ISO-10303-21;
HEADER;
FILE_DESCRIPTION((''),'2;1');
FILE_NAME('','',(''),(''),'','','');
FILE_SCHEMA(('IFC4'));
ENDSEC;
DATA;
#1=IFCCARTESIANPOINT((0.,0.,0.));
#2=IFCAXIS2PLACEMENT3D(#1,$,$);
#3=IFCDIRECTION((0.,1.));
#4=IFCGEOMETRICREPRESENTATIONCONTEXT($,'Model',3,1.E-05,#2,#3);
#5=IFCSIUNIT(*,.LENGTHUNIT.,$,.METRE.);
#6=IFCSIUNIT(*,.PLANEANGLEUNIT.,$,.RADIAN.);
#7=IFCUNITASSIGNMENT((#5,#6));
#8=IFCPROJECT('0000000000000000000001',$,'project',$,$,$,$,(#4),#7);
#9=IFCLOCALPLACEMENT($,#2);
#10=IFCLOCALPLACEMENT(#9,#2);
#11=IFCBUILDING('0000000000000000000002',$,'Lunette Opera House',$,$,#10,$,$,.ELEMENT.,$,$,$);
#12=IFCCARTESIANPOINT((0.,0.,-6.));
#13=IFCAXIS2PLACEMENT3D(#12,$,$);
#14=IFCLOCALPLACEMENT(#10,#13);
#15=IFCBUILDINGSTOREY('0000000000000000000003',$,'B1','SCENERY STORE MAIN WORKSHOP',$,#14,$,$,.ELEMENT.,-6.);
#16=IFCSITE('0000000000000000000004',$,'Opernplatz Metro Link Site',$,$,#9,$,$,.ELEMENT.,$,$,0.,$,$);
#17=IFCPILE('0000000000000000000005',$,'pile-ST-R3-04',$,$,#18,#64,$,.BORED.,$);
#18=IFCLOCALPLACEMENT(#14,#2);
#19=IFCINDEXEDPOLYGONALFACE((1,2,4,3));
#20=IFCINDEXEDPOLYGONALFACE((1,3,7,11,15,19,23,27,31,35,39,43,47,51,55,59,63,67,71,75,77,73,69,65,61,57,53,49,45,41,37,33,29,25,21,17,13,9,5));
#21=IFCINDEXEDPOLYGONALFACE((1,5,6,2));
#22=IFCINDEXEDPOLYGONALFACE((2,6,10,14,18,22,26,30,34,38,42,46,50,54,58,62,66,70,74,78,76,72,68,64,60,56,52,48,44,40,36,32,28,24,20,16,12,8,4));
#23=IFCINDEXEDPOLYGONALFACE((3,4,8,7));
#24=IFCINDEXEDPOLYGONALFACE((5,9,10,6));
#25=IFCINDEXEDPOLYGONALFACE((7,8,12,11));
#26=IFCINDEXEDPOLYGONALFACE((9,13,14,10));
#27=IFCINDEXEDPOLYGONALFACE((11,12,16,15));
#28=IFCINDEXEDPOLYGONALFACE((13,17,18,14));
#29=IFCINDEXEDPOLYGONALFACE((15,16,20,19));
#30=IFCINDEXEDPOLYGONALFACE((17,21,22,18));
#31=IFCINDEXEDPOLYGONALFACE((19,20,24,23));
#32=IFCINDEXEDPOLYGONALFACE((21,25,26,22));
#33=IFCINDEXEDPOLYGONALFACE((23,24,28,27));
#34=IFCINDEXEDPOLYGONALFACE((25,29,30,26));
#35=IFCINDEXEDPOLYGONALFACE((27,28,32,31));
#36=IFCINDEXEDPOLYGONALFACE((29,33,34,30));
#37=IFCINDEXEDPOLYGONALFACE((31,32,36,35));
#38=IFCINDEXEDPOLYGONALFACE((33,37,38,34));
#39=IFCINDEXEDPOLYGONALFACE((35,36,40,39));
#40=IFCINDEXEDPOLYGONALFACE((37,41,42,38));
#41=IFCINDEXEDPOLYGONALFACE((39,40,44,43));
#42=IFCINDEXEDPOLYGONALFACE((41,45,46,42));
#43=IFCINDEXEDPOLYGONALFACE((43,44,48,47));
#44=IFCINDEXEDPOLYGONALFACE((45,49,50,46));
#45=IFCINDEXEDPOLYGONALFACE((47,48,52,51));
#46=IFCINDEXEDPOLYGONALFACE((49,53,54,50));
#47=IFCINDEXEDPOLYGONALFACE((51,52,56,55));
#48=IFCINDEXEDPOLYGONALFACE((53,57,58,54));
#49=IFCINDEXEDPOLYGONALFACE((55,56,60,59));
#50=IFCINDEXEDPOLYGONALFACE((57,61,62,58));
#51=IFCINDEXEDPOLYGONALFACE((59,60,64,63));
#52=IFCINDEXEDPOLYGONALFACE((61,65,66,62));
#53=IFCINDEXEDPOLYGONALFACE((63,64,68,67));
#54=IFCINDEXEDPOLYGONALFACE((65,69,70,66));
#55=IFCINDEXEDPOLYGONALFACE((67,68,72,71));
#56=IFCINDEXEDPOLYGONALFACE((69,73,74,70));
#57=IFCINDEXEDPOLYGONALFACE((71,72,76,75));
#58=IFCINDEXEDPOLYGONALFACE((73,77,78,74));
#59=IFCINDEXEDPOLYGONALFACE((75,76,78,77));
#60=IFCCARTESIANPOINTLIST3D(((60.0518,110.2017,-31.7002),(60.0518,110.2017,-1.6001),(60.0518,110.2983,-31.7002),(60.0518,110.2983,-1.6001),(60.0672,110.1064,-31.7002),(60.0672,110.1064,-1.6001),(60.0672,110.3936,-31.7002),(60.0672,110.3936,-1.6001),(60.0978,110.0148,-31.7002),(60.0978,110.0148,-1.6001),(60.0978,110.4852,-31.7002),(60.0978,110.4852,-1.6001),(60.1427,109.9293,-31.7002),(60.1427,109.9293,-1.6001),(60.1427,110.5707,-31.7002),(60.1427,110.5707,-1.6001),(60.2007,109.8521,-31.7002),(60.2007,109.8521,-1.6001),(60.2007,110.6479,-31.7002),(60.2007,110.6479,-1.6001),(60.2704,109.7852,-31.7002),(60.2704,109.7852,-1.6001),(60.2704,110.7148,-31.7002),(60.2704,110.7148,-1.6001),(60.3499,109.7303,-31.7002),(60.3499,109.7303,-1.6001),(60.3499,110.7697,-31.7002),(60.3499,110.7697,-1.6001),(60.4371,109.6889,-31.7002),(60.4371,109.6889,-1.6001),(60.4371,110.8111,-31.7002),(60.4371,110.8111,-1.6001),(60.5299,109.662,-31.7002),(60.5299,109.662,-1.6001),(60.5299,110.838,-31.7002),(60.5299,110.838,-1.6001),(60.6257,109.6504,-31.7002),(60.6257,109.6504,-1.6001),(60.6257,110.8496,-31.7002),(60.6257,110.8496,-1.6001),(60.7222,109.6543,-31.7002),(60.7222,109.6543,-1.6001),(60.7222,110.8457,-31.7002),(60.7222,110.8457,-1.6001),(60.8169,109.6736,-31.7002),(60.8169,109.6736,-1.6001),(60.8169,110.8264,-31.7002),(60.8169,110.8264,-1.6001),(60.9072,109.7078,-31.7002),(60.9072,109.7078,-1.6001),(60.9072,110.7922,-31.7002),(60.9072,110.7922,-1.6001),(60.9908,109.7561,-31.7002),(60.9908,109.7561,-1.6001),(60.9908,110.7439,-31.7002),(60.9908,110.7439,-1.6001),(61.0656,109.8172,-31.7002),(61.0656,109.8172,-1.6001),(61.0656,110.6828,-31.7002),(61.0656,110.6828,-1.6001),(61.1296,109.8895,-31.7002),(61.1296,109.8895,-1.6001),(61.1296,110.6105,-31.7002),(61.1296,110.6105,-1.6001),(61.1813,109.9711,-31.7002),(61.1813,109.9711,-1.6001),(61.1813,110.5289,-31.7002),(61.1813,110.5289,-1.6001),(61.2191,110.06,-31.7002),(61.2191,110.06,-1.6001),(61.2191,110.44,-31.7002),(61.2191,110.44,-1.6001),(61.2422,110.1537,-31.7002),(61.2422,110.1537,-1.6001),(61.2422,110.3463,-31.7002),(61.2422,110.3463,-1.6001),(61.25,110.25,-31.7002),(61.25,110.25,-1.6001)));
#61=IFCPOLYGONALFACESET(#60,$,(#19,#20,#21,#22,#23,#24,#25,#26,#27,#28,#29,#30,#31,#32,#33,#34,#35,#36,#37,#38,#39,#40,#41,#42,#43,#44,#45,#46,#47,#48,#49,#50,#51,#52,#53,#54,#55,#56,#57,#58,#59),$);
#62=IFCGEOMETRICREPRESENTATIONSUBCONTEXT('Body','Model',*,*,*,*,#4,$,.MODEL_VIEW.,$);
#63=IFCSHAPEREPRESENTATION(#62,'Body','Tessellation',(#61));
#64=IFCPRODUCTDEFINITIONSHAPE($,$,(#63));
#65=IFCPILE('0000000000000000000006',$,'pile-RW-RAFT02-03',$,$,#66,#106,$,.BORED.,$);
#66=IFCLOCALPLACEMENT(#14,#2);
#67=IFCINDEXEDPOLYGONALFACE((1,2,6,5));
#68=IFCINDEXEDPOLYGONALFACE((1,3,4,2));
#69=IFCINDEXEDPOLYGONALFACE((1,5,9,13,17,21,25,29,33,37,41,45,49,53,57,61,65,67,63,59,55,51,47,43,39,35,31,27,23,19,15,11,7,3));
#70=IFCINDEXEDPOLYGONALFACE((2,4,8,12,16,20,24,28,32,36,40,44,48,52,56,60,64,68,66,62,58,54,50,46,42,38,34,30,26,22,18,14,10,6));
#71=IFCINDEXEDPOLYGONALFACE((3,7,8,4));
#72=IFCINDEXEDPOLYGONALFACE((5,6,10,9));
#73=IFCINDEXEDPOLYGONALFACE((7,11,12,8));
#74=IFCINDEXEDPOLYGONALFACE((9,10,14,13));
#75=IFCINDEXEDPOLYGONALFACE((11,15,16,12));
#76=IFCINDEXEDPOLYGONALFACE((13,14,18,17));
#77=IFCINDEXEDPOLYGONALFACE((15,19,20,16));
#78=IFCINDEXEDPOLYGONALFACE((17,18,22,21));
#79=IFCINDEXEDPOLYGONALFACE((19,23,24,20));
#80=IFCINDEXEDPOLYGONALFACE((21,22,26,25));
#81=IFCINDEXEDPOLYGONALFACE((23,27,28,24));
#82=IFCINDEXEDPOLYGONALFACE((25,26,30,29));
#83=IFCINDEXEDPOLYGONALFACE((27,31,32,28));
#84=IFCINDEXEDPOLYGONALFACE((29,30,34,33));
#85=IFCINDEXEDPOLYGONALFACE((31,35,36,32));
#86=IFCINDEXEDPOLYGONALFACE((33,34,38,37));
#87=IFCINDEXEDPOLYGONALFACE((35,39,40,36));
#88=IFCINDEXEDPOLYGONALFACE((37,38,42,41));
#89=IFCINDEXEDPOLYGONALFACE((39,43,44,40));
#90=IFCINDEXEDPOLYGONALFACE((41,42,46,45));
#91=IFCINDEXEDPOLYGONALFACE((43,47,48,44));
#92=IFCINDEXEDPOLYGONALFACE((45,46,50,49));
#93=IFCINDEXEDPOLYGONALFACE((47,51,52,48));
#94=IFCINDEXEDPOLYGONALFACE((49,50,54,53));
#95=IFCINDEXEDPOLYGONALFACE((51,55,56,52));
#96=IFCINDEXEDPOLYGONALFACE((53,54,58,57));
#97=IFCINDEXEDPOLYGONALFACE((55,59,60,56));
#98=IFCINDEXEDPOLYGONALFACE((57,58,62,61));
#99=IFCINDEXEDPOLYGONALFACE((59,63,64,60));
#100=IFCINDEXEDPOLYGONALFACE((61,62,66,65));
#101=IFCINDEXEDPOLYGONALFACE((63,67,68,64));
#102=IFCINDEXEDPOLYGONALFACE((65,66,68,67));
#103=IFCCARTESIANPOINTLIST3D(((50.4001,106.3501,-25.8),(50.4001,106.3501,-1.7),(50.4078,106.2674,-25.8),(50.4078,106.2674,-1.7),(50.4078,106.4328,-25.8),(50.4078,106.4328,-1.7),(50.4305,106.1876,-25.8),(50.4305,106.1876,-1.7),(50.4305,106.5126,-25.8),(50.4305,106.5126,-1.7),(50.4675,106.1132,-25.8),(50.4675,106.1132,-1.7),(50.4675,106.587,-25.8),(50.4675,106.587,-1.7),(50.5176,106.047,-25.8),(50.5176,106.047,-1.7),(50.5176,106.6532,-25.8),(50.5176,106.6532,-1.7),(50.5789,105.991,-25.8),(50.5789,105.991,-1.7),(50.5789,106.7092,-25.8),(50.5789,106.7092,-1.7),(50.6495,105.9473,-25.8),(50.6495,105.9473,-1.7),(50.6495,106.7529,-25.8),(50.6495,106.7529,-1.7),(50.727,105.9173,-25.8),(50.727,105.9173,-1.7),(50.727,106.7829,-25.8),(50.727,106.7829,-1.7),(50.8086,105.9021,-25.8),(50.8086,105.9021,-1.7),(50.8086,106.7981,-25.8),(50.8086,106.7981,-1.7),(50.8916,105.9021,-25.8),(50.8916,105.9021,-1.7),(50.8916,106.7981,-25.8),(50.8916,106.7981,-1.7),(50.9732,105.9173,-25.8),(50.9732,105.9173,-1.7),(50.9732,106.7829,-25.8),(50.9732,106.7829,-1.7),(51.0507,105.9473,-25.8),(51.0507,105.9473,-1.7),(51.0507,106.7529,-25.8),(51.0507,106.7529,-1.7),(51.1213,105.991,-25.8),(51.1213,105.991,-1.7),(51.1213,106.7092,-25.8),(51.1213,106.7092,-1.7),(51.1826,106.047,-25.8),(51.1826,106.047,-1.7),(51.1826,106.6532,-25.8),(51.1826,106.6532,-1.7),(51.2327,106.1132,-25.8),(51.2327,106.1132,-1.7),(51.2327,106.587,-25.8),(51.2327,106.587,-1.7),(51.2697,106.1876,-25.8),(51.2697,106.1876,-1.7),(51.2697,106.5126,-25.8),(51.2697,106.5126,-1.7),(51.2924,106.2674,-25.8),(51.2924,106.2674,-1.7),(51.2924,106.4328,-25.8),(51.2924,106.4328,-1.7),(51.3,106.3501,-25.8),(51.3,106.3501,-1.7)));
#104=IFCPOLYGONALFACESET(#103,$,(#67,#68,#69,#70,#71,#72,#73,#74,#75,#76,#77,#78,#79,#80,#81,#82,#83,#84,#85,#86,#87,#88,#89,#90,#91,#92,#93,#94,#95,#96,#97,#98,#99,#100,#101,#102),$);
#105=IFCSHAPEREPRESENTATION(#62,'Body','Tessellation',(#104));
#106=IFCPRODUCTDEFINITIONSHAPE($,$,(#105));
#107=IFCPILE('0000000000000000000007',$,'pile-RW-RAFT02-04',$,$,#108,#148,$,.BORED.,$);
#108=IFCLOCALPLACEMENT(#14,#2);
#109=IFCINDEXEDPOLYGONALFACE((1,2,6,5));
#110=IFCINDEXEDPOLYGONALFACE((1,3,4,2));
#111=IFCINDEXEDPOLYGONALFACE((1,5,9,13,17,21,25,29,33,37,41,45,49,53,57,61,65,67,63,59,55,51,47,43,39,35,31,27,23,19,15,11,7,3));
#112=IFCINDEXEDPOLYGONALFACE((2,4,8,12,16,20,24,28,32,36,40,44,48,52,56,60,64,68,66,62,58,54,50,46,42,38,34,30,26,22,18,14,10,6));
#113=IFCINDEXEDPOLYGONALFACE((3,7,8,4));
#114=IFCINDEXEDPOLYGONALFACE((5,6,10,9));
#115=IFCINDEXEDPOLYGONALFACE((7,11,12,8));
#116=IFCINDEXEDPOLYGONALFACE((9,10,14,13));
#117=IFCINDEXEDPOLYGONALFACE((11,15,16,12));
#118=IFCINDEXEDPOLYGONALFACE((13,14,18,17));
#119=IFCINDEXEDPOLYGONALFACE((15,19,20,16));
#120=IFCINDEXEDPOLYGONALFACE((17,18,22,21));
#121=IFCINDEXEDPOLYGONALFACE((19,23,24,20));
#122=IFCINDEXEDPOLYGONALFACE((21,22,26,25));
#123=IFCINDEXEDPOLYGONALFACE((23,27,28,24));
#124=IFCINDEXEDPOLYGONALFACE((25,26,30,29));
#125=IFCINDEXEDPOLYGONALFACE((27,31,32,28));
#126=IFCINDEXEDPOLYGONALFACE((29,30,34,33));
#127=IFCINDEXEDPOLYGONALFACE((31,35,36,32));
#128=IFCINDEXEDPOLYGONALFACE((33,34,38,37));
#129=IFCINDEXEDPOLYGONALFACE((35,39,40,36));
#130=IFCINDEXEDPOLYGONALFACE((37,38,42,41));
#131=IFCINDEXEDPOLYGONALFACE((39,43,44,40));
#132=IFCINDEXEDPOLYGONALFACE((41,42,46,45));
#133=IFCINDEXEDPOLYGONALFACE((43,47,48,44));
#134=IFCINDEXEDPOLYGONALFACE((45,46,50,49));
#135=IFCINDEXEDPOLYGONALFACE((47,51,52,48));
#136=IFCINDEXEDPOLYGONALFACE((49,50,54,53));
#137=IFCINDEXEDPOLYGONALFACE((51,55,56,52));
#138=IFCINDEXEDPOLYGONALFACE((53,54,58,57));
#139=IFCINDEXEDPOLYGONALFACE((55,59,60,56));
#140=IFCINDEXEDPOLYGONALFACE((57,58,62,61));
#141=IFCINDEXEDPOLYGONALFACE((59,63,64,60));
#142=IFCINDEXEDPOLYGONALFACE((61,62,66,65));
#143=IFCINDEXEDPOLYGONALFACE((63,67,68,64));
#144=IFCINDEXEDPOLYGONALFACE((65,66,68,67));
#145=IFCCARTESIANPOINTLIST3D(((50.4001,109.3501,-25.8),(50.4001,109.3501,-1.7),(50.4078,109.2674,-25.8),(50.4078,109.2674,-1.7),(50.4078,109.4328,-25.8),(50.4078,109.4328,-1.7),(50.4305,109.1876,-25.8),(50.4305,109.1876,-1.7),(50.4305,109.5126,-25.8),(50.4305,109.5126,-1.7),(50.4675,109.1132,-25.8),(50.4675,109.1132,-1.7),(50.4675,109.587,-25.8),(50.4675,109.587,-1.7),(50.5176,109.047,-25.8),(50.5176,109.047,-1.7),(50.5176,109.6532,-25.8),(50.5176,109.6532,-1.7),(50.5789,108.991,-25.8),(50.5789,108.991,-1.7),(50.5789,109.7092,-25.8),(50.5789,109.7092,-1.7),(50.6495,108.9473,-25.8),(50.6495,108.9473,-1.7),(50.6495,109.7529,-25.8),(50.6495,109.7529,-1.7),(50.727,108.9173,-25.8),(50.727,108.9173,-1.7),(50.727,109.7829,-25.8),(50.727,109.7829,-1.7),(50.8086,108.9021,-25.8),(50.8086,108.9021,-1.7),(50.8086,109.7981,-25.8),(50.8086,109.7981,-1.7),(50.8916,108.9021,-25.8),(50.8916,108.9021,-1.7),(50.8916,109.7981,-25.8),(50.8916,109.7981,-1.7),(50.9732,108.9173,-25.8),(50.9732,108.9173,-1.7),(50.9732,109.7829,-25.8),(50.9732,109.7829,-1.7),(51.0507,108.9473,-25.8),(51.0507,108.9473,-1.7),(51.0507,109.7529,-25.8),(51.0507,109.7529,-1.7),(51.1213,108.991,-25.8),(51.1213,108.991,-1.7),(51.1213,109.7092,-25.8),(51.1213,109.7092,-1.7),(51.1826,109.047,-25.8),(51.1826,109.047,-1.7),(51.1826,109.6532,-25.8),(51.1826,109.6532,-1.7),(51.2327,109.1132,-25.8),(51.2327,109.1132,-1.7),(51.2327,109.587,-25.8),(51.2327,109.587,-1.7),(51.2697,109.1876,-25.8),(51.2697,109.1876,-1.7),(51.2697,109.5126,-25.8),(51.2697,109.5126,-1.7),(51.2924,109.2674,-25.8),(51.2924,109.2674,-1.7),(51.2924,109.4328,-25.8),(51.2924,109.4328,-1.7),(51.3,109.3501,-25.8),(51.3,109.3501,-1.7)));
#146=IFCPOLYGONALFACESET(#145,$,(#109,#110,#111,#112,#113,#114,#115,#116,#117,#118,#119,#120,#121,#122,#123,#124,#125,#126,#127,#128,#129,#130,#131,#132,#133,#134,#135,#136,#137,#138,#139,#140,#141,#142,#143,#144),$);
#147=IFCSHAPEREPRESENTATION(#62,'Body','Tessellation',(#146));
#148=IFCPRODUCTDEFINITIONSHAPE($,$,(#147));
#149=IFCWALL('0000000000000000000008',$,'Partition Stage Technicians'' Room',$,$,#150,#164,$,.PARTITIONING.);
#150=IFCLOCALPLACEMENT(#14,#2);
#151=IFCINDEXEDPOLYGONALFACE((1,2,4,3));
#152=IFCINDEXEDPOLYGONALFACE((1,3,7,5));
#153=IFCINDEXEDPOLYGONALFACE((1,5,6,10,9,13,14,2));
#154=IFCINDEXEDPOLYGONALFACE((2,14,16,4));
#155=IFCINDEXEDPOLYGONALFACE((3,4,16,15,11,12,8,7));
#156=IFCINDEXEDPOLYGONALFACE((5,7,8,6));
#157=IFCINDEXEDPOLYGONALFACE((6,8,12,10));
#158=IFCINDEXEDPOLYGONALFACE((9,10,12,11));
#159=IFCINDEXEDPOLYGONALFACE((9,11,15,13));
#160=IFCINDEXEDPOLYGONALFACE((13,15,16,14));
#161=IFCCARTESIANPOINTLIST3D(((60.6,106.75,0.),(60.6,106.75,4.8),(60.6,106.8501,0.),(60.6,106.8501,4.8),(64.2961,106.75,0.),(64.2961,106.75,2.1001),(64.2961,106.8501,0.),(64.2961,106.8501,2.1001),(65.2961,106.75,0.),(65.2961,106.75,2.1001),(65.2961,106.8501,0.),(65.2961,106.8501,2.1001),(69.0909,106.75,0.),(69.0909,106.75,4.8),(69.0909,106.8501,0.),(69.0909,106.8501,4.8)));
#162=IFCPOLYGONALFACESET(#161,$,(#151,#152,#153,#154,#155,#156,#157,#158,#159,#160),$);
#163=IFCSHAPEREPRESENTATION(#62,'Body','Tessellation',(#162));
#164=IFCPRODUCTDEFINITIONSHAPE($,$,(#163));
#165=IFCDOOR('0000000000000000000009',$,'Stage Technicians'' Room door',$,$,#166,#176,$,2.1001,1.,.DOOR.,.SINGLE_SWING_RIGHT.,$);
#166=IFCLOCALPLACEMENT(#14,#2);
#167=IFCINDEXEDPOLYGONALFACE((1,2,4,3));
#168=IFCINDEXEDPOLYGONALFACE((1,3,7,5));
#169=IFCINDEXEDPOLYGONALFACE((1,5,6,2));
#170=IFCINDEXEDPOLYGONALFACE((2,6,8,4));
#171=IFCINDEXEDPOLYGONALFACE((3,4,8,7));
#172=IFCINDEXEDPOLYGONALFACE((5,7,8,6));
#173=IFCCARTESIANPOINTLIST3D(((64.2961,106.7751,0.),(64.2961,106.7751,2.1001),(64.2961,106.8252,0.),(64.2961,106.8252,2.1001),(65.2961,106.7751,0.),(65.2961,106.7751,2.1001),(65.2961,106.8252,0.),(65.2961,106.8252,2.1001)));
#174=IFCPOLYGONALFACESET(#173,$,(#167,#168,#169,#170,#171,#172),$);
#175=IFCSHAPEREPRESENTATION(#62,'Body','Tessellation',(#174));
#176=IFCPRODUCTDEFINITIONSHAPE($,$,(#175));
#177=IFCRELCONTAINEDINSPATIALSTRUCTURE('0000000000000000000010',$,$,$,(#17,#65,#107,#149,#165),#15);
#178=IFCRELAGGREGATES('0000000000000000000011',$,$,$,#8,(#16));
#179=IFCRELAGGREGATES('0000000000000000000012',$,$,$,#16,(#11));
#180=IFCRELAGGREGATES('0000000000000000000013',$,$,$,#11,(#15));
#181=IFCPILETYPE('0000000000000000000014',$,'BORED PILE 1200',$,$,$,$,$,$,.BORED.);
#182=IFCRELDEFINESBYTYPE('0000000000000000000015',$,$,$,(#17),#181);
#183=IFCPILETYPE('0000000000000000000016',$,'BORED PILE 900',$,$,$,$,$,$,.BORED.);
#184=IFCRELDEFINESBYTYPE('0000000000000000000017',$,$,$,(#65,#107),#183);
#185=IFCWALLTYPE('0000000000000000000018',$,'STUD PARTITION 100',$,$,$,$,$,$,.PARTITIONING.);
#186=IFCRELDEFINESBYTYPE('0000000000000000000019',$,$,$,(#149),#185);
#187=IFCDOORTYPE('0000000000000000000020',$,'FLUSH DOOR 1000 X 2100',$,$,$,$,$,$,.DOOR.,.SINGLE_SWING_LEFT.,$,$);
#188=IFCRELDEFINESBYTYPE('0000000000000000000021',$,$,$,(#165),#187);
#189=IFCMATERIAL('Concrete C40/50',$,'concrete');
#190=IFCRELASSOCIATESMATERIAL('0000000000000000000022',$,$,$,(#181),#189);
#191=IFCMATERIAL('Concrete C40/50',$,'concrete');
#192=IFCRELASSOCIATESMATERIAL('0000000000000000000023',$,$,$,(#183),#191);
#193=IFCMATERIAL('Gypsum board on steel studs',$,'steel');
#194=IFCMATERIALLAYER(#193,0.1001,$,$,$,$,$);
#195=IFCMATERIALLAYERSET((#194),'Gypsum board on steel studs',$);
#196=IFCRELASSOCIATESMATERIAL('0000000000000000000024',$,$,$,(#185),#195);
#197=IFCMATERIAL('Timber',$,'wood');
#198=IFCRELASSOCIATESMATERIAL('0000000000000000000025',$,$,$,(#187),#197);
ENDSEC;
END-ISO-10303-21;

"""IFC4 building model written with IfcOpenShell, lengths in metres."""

from ifc_helpers import new_model, si_unit, direction, frame, frame_2d, origin, origin_2d, place, context, subcontext, project, spatial, rectangle, circle, extrude, material, layer, layer_set, material_profile, profile_set, type_object, element, fill, save


model = new_model("IFC4")

# Units and contexts
model_context = context("Model", 3, precision=1e-05, world=origin(), true_north=direction((0.0, 1.0)))
body_context = subcontext(model_context, "Body", "Model", "MODEL_VIEW")
ifc_project = project(units=[si_unit("LENGTHUNIT", "METRE"), si_unit("PLANEANGLEUNIT", "RADIAN")], contexts=[model_context])

# Site, building, storey
site_placement = place(None, origin())
site = spatial("IfcSite", under=ifc_project, at=site_placement, Name="Opernplatz Metro Link Site", CompositionType="ELEMENT", RefElevation=0.0)
building_placement = place(site_placement, origin())
building = spatial("IfcBuilding", under=site, at=building_placement, Name="Lunette Opera House", CompositionType="ELEMENT")
storey_placement = place(building_placement, frame((0.0, 0.0, -6.0)))
storey = spatial("IfcBuildingStorey", under=building, at=storey_placement, Name="B1", Description="SCENERY STORE MAIN WORKSHOP", CompositionType="ELEMENT", Elevation=-6.0)

# Piles
ifc_material_1 = material(Name="Concrete C40/50", Category="concrete")
ifc_material_profile_1 = material_profile(ifc_material_1, circle(Radius=0.6001, at=origin_2d()), Name="BORED PILE 1200")
ifc_profile_set_1 = profile_set([ifc_material_profile_1], Name="Concrete C40/50")
pile_type_1 = type_object("IfcPileType", Name="BORED PILE 1200", PredefinedType="BORED", material=ifc_profile_set_1)
pile_placement = place(storey_placement, frame((60.6499, 110.25, -1.6001), z_axis=(0.0, 0.0, -1.0), x_axis=(1.0, 0.0, 0.0)))
element("IfcPile", 1, at=pile_placement, inside=storey, type_object=pile_type_1, Name="pile-ST-R3-04", PredefinedType="BORED", context=body_context, shape_type="SweptSolid", body=[
    extrude(circle(Radius=0.6001, at=origin_2d()), origin(), (0.0, 0.0, 1.0), 30.1001),
])
ifc_material_2 = material(Name="Concrete C40/50", Category="concrete")
ifc_material_profile_2 = material_profile(ifc_material_2, circle(Radius=0.45, at=origin_2d()), Name="BORED PILE 900")
ifc_profile_set_2 = profile_set([ifc_material_profile_2], Name="Concrete C40/50")
pile_type_2 = type_object("IfcPileType", Name="BORED PILE 900", PredefinedType="BORED", material=ifc_profile_set_2)
for number, where, z_axis, x_axis, name in (
    (2, (50.8501, 106.3501, -1.7), (0.0, 0.0, -1.0), (1.0, 0.0, 0.0), "pile-RW-RAFT02-03"),
    (3, (50.8501, 109.3501, -1.7), (0.0, 0.0, -1.0), (1.0, 0.0, 0.0), "pile-RW-RAFT02-04"),
):
    element("IfcPile", number, at=place(storey_placement, frame(where, z_axis=z_axis, x_axis=x_axis)), inside=storey, type_object=pile_type_2, Name=name, PredefinedType="BORED", context=body_context, shape_type="SweptSolid", body=[
        extrude(circle(Radius=0.45, at=origin_2d()), origin(), (0.0, 0.0, 1.0), 24.1001),
    ])

# Wall, opening, door
ifc_material_3 = material(Name="Gypsum board on steel studs", Category="steel")
ifc_layer = layer(ifc_material_3, 0.1001)
ifc_layer_set = layer_set([ifc_layer], Name="Gypsum board on steel studs")
wall_type = type_object("IfcWallType", Name="STUD PARTITION 100", PredefinedType="PARTITIONING", material=ifc_layer_set)
wall_placement = place(storey_placement, frame((69.0911, 106.8, 0.0), z_axis=(0.0, 0.0, 1.0), x_axis=(-1.0, 0.0, 0.0)))
wall = element("IfcWall", 4, at=wall_placement, inside=storey, type_object=wall_type, Name="Partition Stage Technicians' Room", PredefinedType="PARTITIONING", context=body_context, shape_type="SweptSolid", body=[
    extrude(rectangle(XDim=8.491, YDim=0.1001, at=frame_2d((4.2456, 0.0))), origin(), (0.0, 0.0, 1.0), 4.8),
])
opening_placement = place(wall_placement, frame((3.7949, 0.0, 0.0)))
opening = element("IfcOpeningElement", 5, at=opening_placement, cuts=wall, PredefinedType="OPENING", context=body_context, shape_type="SweptSolid", body=[
    extrude(rectangle(XDim=1.0, YDim=2.1001, at=frame_2d((0.5, 1.05))), frame((0.0, 0.062, 0.0), z_axis=(0.0, -1.0, 0.0), x_axis=(1.0, 0.0, 0.0)), (0.0, 0.0, 1.0), 0.124),
])
ifc_material_4 = material(Name="Timber", Category="wood")
door_type = type_object("IfcDoorType", Name="FLUSH DOOR 1000 X 2100", OperationType="SINGLE_SWING_LEFT", PredefinedType="DOOR", material=ifc_material_4)
door_placement = place(opening_placement, origin())
door = element("IfcDoor", 6, at=door_placement, inside=storey, type_object=door_type, Name="Stage Technicians' Room door", OperationType="SINGLE_SWING_RIGHT", OverallHeight=2.1001, OverallWidth=1.0, PredefinedType="DOOR", context=body_context, shape_type="SweptSolid", body=[
    extrude(rectangle(XDim=1.0, YDim=2.1001, at=frame_2d((0.5, 1.05))), frame((0.0, 0.0249, 0.0), z_axis=(0.0, -1.0, 0.0), x_axis=(1.0, 0.0, 0.0)), (0.0, 0.0, 1.0), 0.05),
])
fill(opening, door)

save(model, "model.ifc")
